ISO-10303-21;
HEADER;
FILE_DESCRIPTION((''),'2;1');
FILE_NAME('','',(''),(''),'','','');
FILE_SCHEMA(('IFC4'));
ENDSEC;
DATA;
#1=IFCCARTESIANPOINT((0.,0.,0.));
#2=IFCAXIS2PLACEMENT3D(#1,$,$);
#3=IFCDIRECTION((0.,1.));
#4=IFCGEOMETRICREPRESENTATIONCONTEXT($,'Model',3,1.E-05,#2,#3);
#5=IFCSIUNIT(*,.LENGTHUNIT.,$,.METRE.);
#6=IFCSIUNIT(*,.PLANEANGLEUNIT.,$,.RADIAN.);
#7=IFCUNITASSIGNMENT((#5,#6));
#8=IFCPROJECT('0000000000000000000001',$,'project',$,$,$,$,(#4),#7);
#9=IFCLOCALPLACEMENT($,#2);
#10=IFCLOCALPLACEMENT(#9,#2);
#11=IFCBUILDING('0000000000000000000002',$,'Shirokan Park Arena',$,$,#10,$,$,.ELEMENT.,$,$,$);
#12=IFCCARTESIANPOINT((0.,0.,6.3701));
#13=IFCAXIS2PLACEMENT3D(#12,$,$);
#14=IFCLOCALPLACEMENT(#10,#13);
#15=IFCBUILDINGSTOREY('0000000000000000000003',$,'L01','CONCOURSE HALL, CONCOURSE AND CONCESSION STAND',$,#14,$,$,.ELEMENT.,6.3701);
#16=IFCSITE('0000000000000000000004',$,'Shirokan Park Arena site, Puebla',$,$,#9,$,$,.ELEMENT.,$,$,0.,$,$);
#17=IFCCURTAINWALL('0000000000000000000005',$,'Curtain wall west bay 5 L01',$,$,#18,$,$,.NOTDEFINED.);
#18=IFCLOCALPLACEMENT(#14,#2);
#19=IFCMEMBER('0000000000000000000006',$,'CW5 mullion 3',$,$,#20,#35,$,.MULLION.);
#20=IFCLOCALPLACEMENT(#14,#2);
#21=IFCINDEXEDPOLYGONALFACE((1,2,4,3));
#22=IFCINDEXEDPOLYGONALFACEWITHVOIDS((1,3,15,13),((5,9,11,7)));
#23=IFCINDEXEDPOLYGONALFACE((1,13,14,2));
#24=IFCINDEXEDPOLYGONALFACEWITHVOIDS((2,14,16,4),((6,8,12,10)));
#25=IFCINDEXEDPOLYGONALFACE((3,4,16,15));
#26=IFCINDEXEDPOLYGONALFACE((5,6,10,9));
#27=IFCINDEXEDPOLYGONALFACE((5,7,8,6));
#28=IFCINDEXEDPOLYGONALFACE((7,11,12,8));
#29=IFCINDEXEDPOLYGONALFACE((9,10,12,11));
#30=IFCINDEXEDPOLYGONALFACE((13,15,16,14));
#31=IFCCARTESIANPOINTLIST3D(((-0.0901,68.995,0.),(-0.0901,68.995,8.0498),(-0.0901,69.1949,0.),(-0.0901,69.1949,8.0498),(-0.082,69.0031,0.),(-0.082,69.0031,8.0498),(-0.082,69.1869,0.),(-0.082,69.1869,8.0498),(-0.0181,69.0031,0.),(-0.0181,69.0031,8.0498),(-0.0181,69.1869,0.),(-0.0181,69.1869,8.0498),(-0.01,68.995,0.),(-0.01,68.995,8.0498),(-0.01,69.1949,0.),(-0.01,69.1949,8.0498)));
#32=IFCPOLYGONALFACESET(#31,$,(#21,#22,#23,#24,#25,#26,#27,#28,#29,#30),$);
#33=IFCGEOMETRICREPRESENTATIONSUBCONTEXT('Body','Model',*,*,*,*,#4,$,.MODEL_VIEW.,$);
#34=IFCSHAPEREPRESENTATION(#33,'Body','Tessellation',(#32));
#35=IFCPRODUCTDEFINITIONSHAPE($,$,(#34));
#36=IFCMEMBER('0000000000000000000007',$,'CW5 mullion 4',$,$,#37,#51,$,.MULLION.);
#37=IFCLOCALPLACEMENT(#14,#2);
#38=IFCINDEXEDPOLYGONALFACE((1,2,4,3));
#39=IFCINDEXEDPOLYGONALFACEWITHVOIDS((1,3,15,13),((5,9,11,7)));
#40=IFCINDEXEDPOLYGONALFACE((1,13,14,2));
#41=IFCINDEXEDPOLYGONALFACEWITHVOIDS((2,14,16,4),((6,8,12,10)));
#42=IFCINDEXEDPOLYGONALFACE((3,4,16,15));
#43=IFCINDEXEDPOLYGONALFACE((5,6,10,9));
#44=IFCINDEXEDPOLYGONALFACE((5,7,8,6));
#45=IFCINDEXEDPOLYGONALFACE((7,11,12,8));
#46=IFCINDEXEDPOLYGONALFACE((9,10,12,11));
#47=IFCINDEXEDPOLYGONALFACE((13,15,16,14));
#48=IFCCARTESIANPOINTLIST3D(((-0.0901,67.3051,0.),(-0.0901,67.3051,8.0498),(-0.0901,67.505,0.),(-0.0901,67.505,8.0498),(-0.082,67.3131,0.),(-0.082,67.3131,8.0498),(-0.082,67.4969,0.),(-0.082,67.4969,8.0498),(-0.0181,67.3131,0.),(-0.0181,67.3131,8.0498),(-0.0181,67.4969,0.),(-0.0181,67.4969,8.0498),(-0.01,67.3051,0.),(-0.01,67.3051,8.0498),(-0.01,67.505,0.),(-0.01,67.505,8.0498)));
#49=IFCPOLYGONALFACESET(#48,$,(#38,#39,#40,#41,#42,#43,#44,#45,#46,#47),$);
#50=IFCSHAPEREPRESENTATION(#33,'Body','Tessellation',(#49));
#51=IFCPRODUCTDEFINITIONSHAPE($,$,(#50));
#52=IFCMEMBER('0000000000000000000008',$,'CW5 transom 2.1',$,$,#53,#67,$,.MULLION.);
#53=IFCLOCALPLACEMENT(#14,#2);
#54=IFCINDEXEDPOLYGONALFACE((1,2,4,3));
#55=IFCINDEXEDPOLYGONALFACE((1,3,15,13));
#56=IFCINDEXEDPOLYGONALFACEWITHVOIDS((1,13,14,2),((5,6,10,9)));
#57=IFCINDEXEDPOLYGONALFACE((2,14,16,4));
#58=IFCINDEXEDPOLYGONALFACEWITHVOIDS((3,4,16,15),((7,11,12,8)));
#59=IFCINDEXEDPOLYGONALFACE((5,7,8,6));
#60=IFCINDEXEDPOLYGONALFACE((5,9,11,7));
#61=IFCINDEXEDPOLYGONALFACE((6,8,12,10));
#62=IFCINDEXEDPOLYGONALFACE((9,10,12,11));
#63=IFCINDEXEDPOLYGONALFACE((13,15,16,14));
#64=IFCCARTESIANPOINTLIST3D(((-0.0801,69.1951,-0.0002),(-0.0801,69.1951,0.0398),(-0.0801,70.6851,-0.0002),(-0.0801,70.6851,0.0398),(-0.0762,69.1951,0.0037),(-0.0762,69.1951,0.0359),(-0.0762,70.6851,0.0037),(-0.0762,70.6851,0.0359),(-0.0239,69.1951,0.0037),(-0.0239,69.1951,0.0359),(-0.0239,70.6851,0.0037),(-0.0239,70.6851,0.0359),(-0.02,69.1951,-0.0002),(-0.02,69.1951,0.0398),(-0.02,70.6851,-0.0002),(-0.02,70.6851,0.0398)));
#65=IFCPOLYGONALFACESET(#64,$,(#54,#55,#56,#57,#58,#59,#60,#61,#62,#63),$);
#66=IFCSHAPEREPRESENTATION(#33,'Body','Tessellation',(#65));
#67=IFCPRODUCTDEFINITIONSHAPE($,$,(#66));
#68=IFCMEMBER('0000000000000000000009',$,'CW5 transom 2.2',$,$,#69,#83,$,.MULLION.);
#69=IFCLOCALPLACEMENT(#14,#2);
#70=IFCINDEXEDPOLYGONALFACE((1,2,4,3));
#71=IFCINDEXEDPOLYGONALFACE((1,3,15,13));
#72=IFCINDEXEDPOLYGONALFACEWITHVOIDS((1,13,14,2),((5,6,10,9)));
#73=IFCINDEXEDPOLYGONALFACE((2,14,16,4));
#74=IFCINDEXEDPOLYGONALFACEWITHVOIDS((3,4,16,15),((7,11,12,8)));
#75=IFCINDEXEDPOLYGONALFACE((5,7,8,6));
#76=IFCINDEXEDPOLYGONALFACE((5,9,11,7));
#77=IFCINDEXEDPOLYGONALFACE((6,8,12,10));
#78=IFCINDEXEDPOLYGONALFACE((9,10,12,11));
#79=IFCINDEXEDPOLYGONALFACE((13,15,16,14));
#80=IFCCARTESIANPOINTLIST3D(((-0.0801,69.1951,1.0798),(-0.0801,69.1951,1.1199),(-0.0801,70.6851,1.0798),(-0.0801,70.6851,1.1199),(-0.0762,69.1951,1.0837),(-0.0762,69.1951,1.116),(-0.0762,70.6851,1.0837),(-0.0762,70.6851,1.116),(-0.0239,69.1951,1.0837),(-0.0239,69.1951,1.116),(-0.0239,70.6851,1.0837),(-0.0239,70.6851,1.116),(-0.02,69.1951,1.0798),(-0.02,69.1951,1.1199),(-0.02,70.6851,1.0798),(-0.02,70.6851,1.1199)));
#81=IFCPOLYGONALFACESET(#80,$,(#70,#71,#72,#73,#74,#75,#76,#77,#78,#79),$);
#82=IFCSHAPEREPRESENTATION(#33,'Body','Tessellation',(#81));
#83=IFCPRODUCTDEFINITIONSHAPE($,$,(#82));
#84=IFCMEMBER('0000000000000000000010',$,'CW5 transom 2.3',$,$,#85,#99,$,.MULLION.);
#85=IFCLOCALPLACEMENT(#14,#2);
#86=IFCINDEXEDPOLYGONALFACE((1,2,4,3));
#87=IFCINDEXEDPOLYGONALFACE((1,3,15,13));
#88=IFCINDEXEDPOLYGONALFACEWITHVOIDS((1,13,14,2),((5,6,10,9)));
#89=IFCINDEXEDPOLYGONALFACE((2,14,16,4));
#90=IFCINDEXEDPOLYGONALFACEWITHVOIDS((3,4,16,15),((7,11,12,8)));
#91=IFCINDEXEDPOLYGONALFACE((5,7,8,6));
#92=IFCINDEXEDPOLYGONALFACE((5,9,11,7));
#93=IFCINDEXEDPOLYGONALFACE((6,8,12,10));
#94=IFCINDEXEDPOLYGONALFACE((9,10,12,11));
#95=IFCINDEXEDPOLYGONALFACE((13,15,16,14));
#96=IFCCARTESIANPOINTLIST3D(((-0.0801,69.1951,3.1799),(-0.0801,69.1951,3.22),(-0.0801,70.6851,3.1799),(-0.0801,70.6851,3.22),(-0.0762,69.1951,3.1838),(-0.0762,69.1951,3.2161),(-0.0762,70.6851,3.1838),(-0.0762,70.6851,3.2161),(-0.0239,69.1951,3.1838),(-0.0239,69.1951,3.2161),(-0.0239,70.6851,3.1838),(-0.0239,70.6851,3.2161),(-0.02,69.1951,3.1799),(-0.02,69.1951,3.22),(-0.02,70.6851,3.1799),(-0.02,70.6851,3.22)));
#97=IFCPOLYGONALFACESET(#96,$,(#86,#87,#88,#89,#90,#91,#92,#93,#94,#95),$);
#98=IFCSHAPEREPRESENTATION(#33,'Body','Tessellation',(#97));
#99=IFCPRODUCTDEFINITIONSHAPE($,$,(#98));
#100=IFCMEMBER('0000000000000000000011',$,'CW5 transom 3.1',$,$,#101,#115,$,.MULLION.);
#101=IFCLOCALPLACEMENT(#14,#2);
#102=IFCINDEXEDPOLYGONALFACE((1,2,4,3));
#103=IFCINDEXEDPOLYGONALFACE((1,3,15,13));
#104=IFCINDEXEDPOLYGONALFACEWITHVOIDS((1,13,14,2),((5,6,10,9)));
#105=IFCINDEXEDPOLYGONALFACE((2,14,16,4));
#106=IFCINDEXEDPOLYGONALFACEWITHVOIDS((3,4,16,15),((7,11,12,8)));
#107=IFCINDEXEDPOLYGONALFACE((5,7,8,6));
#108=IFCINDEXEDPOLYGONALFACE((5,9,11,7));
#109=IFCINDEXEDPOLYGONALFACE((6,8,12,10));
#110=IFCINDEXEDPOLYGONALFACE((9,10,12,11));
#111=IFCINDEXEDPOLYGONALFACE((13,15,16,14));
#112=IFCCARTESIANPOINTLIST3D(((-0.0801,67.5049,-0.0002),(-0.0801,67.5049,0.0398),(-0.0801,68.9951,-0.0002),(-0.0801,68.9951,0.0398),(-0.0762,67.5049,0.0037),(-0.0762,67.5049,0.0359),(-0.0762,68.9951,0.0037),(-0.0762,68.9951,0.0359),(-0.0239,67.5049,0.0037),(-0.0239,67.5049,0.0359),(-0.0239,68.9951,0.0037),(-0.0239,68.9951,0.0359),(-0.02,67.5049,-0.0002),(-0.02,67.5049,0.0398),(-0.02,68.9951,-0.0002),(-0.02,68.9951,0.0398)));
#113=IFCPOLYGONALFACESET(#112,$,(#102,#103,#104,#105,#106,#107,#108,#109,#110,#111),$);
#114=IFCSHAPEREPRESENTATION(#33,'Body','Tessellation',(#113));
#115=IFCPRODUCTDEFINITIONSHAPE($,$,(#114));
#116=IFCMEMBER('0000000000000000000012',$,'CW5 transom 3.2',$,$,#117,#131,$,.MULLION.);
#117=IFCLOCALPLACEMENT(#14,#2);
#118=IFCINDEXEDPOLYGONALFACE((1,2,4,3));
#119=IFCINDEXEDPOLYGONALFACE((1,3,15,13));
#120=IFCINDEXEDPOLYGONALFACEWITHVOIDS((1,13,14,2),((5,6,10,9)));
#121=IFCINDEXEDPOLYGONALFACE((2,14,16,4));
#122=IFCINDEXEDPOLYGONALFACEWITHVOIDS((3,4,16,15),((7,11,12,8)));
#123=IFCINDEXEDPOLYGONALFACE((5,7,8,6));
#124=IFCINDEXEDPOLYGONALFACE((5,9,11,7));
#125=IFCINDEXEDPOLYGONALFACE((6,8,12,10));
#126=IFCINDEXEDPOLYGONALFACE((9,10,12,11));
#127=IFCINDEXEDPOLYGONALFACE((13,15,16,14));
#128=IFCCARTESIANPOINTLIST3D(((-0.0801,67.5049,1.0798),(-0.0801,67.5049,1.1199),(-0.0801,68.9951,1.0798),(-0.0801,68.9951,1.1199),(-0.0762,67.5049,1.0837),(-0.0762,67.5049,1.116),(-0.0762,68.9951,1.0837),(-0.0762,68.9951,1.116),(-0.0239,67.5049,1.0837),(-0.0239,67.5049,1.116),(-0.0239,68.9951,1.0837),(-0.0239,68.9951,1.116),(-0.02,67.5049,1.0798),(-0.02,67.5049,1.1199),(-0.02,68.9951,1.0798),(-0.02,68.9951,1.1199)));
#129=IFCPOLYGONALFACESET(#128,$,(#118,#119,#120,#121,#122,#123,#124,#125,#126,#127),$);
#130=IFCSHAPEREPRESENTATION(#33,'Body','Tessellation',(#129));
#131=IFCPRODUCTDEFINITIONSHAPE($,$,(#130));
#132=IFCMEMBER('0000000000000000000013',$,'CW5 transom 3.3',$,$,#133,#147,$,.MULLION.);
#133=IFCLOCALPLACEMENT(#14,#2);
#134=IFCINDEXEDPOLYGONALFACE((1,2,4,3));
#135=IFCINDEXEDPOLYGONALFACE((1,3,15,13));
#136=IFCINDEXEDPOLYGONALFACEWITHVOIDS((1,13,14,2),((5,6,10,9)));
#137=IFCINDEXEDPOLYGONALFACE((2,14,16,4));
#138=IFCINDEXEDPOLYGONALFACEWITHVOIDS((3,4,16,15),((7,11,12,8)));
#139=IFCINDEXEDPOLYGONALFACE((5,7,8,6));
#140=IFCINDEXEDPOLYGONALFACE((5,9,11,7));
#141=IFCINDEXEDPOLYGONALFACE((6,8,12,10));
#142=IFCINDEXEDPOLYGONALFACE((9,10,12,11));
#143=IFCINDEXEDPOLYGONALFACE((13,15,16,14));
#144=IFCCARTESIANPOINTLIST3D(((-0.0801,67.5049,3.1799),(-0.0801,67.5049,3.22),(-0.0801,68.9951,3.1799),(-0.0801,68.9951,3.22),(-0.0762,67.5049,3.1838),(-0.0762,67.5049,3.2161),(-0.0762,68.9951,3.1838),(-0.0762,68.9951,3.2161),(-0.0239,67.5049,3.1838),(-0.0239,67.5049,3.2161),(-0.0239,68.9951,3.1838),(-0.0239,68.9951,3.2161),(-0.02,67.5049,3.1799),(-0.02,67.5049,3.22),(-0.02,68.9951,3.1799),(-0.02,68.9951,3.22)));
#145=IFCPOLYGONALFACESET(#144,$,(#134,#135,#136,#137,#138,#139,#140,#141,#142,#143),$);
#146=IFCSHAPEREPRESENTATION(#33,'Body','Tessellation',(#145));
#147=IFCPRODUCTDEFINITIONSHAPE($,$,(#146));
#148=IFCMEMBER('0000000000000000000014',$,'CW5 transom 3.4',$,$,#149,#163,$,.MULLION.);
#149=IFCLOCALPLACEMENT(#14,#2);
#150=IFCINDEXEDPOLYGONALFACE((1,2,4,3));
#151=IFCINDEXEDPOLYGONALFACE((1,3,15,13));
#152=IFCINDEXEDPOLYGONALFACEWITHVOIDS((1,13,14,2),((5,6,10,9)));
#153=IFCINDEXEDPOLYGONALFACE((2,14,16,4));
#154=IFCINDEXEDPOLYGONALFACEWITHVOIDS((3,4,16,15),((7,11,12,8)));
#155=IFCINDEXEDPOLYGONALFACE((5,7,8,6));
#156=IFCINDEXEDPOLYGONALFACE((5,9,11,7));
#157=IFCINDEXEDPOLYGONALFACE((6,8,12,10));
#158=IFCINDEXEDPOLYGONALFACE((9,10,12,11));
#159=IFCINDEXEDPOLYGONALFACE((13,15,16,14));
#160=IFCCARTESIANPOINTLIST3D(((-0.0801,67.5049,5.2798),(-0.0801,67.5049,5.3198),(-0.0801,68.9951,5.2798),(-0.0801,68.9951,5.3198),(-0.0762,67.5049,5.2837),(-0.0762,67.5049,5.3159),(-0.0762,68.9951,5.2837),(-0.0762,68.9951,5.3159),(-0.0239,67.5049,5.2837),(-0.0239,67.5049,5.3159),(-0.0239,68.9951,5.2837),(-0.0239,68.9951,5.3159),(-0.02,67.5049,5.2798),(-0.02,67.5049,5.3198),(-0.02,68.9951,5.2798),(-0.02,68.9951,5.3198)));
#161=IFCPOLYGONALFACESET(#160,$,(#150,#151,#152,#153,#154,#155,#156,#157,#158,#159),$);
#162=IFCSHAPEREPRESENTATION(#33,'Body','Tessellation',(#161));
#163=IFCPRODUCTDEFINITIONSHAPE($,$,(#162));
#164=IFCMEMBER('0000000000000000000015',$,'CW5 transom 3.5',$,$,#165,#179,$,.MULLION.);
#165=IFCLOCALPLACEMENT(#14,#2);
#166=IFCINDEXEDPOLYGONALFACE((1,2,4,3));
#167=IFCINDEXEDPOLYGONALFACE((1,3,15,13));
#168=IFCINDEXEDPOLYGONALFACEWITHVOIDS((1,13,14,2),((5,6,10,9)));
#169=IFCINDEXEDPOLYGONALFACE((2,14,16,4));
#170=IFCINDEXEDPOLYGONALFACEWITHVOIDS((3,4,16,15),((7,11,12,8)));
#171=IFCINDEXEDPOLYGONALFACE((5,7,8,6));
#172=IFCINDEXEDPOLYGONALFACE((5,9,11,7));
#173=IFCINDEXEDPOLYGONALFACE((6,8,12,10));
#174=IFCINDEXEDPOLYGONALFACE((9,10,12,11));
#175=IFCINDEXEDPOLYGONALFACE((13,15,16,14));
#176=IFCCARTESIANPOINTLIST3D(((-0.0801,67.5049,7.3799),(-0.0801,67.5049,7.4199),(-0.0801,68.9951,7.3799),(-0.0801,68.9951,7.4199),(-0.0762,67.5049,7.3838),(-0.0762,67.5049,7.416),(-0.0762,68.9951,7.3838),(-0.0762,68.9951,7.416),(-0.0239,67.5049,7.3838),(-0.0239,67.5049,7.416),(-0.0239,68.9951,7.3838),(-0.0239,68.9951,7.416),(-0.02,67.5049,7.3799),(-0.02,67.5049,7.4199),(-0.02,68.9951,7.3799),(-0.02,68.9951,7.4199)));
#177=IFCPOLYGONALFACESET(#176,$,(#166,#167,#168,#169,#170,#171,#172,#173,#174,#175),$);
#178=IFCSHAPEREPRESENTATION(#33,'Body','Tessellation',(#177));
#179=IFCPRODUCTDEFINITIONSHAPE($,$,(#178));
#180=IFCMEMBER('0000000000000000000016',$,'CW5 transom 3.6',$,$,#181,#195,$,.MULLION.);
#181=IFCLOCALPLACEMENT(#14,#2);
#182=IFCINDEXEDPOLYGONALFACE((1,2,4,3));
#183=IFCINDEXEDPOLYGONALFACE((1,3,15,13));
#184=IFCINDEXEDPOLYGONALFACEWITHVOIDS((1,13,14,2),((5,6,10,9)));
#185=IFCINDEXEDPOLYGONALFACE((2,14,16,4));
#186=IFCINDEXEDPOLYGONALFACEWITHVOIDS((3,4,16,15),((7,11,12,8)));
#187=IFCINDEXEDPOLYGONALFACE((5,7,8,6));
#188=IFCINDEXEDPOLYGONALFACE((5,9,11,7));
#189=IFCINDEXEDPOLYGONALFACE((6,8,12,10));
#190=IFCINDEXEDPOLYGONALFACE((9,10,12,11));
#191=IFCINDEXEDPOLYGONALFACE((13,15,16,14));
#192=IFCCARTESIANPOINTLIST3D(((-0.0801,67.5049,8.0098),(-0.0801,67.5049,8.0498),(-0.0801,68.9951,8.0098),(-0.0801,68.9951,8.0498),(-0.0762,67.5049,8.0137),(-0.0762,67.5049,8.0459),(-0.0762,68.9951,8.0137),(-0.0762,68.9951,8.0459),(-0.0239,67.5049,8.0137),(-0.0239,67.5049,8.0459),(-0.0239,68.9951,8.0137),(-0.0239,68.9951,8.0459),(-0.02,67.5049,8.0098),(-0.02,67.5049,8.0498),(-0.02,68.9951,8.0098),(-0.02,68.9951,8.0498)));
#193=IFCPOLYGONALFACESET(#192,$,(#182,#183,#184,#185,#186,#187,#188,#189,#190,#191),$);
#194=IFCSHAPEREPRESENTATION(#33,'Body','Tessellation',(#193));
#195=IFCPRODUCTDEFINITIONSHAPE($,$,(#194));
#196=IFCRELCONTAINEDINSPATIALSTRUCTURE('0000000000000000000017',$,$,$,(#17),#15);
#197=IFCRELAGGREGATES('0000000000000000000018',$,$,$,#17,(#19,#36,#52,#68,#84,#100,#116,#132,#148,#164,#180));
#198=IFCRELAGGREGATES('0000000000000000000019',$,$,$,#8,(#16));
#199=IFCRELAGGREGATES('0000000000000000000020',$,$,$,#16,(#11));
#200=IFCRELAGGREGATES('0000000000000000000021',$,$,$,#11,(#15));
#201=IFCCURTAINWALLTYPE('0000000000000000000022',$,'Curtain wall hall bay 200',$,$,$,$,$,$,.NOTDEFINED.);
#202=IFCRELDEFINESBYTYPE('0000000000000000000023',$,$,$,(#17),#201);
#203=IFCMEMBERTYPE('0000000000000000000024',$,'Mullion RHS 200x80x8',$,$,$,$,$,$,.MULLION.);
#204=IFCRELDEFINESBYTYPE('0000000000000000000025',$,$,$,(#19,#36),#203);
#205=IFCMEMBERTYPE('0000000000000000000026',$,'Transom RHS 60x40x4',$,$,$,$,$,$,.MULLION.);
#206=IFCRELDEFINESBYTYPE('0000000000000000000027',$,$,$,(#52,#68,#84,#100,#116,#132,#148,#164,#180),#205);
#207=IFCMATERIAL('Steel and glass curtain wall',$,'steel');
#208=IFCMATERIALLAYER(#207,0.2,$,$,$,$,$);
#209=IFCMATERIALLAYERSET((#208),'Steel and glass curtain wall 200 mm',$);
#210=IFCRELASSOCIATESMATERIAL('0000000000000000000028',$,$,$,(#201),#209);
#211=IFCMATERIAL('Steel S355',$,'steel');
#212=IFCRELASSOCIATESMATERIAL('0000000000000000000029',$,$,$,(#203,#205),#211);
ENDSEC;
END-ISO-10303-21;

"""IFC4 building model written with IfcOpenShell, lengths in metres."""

from ifc_helpers import new_model, si_unit, direction, frame, origin, origin_2d, place, context, subcontext, project, spatial, hollow_rectangle, extrude, material, layer, layer_set, material_profile, profile_set, type_object, element, aggregate, save


model = new_model("IFC4")

# Units and contexts
model_context = context("Model", 3, precision=1e-05, world=origin(), true_north=direction((0.0, 1.0)))
body_context = subcontext(model_context, "Body", "Model", "MODEL_VIEW")
ifc_project = project(units=[si_unit("LENGTHUNIT", "METRE"), si_unit("PLANEANGLEUNIT", "RADIAN")], contexts=[model_context])

# Site, building, storey
site_placement = place(None, origin())
site = spatial("IfcSite", under=ifc_project, at=site_placement, Name="Shirokan Park Arena site, Puebla", CompositionType="ELEMENT", RefElevation=0.0)
building_placement = place(site_placement, origin())
building = spatial("IfcBuilding", under=site, at=building_placement, Name="Shirokan Park Arena", CompositionType="ELEMENT")
storey_placement = place(building_placement, frame((0.0, 0.0, 6.3701)))
storey = spatial("IfcBuildingStorey", under=building, at=storey_placement, Name="L01", Description="CONCOURSE HALL, CONCOURSE AND CONCESSION STAND", CompositionType="ELEMENT", Elevation=6.3701)

# Curtain wall, members
ifc_material_1 = material(Name="Steel and glass curtain wall", Category="steel")
ifc_layer_1 = layer(ifc_material_1, 0.2)
ifc_layer_set_1 = layer_set([ifc_layer_1], Name="Steel and glass curtain wall 200 mm")
curtain_wall_type = type_object("IfcCurtainWallType", Name="Curtain wall hall bay 200", PredefinedType="NOTDEFINED", material=ifc_layer_set_1)
curtain_wall_placement = place(storey_placement, origin())
curtain_wall = element("IfcCurtainWall", 1, at=curtain_wall_placement, inside=storey, type_object=curtain_wall_type, Name="Curtain wall west bay 5 L01", PredefinedType="NOTDEFINED")
ifc_material_2 = material(Name="Steel S355", Category="steel")
ifc_material_profile_1 = material_profile(ifc_material_2, hollow_rectangle(XDim=0.0801, YDim=0.2, WallThickness=0.0081, at=origin_2d()), Name="RHS 200x80x8")
ifc_profile_set_1 = profile_set([ifc_material_profile_1], Name="Steel S355")
member_type_1 = type_object("IfcMemberType", Name="Mullion RHS 200x80x8", PredefinedType="MULLION", material=ifc_profile_set_1)
member_1_placement = place(storey_placement, frame((-0.05, 69.095, 0.0), z_axis=(0.0, 0.0, 1.0), x_axis=(1.0, 0.0, 0.0)))
member_1 = element("IfcMember", 2, at=member_1_placement, type_object=member_type_1, Name="CW5 mullion 3", PredefinedType="MULLION", context=body_context, shape_type="SweptSolid", body=[
    extrude(hollow_rectangle(XDim=0.0801, YDim=0.2, WallThickness=0.0081, at=origin_2d()), origin(), (0.0, 0.0, 1.0), 8.0498),
])
member_2_placement = place(storey_placement, frame((-0.05, 67.405, 0.0), z_axis=(0.0, 0.0, 1.0), x_axis=(1.0, 0.0, 0.0)))
member_2 = element("IfcMember", 3, at=member_2_placement, type_object=member_type_1, Name="CW5 mullion 4", PredefinedType="MULLION", context=body_context, shape_type="SweptSolid", body=[
    extrude(hollow_rectangle(XDim=0.0801, YDim=0.2, WallThickness=0.0081, at=origin_2d()), origin(), (0.0, 0.0, 1.0), 8.0498),
])
ifc_material_profile_2 = material_profile(ifc_material_2, hollow_rectangle(XDim=0.0601, YDim=0.04, WallThickness=0.0039, at=origin_2d()), Name="RHS 60x40x4")
ifc_profile_set_2 = profile_set([ifc_material_profile_2], Name="Steel S355")
member_type_2 = type_object("IfcMemberType", Name="Transom RHS 60x40x4", PredefinedType="MULLION", material=ifc_profile_set_2)
member_3_placement = place(storey_placement, frame((-0.05, 70.6851, 0.0198), z_axis=(0.0, -1.0, 0.0), x_axis=(1.0, 0.0, 0.0)))
member_3 = element("IfcMember", 4, at=member_3_placement, type_object=member_type_2, Name="CW5 transom 2.1", PredefinedType="MULLION", context=body_context, shape_type="SweptSolid", body=[
    extrude(hollow_rectangle(XDim=0.0601, YDim=0.04, WallThickness=0.0039, at=origin_2d()), origin(), (0.0, 0.0, 1.0), 1.49),
])
member_4_placement = place(storey_placement, frame((-0.05, 70.6851, 1.0999), z_axis=(0.0, -1.0, 0.0), x_axis=(1.0, 0.0, 0.0)))
member_4 = element("IfcMember", 5, at=member_4_placement, type_object=member_type_2, Name="CW5 transom 2.2", PredefinedType="MULLION", context=body_context, shape_type="SweptSolid", body=[
    extrude(hollow_rectangle(XDim=0.0601, YDim=0.04, WallThickness=0.0039, at=origin_2d()), origin(), (0.0, 0.0, 1.0), 1.49),
])
member_5_placement = place(storey_placement, frame((-0.05, 70.6851, 3.2), z_axis=(0.0, -1.0, 0.0), x_axis=(1.0, 0.0, 0.0)))
member_5 = element("IfcMember", 6, at=member_5_placement, type_object=member_type_2, Name="CW5 transom 2.3", PredefinedType="MULLION", context=body_context, shape_type="SweptSolid", body=[
    extrude(hollow_rectangle(XDim=0.0601, YDim=0.04, WallThickness=0.0039, at=origin_2d()), origin(), (0.0, 0.0, 1.0), 1.49),
])
member_6_placement = place(storey_placement, frame((-0.05, 68.9951, 0.0198), z_axis=(0.0, -1.0, 0.0), x_axis=(1.0, 0.0, 0.0)))
member_6 = element("IfcMember", 7, at=member_6_placement, type_object=member_type_2, Name="CW5 transom 3.1", PredefinedType="MULLION", context=body_context, shape_type="SweptSolid", body=[
    extrude(hollow_rectangle(XDim=0.0601, YDim=0.04, WallThickness=0.0039, at=origin_2d()), origin(), (0.0, 0.0, 1.0), 1.4902),
])
member_7_placement = place(storey_placement, frame((-0.05, 68.9951, 1.0999), z_axis=(0.0, -1.0, 0.0), x_axis=(1.0, 0.0, 0.0)))
member_7 = element("IfcMember", 8, at=member_7_placement, type_object=member_type_2, Name="CW5 transom 3.2", PredefinedType="MULLION", context=body_context, shape_type="SweptSolid", body=[
    extrude(hollow_rectangle(XDim=0.0601, YDim=0.04, WallThickness=0.0039, at=origin_2d()), origin(), (0.0, 0.0, 1.0), 1.4902),
])
member_8_placement = place(storey_placement, frame((-0.05, 68.9951, 3.2), z_axis=(0.0, -1.0, 0.0), x_axis=(1.0, 0.0, 0.0)))
member_8 = element("IfcMember", 9, at=member_8_placement, type_object=member_type_2, Name="CW5 transom 3.3", PredefinedType="MULLION", context=body_context, shape_type="SweptSolid", body=[
    extrude(hollow_rectangle(XDim=0.0601, YDim=0.04, WallThickness=0.0039, at=origin_2d()), origin(), (0.0, 0.0, 1.0), 1.4902),
])
member_9_placement = place(storey_placement, frame((-0.05, 68.9951, 5.2998), z_axis=(0.0, -1.0, 0.0), x_axis=(1.0, 0.0, 0.0)))
member_9 = element("IfcMember", 10, at=member_9_placement, type_object=member_type_2, Name="CW5 transom 3.4", PredefinedType="MULLION", context=body_context, shape_type="SweptSolid", body=[
    extrude(hollow_rectangle(XDim=0.0601, YDim=0.04, WallThickness=0.0039, at=origin_2d()), origin(), (0.0, 0.0, 1.0), 1.4902),
])
member_10_placement = place(storey_placement, frame((-0.05, 68.9951, 7.3999), z_axis=(0.0, -1.0, 0.0), x_axis=(1.0, 0.0, 0.0)))
member_10 = element("IfcMember", 11, at=member_10_placement, type_object=member_type_2, Name="CW5 transom 3.5", PredefinedType="MULLION", context=body_context, shape_type="SweptSolid", body=[
    extrude(hollow_rectangle(XDim=0.0601, YDim=0.04, WallThickness=0.0039, at=origin_2d()), origin(), (0.0, 0.0, 1.0), 1.4902),
])
member_11_placement = place(storey_placement, frame((-0.05, 68.9951, 8.0298), z_axis=(0.0, -1.0, 0.0), x_axis=(1.0, 0.0, 0.0)))
member_11 = element("IfcMember", 12, at=member_11_placement, type_object=member_type_2, Name="CW5 transom 3.6", PredefinedType="MULLION", context=body_context, shape_type="SweptSolid", body=[
    extrude(hollow_rectangle(XDim=0.0601, YDim=0.04, WallThickness=0.0039, at=origin_2d()), origin(), (0.0, 0.0, 1.0), 1.4902),
])
aggregate(curtain_wall, [member_1, member_2, member_3, member_4, member_5, member_6, member_7, member_8, member_9, member_10, member_11])

save(model, "model.ifc")
